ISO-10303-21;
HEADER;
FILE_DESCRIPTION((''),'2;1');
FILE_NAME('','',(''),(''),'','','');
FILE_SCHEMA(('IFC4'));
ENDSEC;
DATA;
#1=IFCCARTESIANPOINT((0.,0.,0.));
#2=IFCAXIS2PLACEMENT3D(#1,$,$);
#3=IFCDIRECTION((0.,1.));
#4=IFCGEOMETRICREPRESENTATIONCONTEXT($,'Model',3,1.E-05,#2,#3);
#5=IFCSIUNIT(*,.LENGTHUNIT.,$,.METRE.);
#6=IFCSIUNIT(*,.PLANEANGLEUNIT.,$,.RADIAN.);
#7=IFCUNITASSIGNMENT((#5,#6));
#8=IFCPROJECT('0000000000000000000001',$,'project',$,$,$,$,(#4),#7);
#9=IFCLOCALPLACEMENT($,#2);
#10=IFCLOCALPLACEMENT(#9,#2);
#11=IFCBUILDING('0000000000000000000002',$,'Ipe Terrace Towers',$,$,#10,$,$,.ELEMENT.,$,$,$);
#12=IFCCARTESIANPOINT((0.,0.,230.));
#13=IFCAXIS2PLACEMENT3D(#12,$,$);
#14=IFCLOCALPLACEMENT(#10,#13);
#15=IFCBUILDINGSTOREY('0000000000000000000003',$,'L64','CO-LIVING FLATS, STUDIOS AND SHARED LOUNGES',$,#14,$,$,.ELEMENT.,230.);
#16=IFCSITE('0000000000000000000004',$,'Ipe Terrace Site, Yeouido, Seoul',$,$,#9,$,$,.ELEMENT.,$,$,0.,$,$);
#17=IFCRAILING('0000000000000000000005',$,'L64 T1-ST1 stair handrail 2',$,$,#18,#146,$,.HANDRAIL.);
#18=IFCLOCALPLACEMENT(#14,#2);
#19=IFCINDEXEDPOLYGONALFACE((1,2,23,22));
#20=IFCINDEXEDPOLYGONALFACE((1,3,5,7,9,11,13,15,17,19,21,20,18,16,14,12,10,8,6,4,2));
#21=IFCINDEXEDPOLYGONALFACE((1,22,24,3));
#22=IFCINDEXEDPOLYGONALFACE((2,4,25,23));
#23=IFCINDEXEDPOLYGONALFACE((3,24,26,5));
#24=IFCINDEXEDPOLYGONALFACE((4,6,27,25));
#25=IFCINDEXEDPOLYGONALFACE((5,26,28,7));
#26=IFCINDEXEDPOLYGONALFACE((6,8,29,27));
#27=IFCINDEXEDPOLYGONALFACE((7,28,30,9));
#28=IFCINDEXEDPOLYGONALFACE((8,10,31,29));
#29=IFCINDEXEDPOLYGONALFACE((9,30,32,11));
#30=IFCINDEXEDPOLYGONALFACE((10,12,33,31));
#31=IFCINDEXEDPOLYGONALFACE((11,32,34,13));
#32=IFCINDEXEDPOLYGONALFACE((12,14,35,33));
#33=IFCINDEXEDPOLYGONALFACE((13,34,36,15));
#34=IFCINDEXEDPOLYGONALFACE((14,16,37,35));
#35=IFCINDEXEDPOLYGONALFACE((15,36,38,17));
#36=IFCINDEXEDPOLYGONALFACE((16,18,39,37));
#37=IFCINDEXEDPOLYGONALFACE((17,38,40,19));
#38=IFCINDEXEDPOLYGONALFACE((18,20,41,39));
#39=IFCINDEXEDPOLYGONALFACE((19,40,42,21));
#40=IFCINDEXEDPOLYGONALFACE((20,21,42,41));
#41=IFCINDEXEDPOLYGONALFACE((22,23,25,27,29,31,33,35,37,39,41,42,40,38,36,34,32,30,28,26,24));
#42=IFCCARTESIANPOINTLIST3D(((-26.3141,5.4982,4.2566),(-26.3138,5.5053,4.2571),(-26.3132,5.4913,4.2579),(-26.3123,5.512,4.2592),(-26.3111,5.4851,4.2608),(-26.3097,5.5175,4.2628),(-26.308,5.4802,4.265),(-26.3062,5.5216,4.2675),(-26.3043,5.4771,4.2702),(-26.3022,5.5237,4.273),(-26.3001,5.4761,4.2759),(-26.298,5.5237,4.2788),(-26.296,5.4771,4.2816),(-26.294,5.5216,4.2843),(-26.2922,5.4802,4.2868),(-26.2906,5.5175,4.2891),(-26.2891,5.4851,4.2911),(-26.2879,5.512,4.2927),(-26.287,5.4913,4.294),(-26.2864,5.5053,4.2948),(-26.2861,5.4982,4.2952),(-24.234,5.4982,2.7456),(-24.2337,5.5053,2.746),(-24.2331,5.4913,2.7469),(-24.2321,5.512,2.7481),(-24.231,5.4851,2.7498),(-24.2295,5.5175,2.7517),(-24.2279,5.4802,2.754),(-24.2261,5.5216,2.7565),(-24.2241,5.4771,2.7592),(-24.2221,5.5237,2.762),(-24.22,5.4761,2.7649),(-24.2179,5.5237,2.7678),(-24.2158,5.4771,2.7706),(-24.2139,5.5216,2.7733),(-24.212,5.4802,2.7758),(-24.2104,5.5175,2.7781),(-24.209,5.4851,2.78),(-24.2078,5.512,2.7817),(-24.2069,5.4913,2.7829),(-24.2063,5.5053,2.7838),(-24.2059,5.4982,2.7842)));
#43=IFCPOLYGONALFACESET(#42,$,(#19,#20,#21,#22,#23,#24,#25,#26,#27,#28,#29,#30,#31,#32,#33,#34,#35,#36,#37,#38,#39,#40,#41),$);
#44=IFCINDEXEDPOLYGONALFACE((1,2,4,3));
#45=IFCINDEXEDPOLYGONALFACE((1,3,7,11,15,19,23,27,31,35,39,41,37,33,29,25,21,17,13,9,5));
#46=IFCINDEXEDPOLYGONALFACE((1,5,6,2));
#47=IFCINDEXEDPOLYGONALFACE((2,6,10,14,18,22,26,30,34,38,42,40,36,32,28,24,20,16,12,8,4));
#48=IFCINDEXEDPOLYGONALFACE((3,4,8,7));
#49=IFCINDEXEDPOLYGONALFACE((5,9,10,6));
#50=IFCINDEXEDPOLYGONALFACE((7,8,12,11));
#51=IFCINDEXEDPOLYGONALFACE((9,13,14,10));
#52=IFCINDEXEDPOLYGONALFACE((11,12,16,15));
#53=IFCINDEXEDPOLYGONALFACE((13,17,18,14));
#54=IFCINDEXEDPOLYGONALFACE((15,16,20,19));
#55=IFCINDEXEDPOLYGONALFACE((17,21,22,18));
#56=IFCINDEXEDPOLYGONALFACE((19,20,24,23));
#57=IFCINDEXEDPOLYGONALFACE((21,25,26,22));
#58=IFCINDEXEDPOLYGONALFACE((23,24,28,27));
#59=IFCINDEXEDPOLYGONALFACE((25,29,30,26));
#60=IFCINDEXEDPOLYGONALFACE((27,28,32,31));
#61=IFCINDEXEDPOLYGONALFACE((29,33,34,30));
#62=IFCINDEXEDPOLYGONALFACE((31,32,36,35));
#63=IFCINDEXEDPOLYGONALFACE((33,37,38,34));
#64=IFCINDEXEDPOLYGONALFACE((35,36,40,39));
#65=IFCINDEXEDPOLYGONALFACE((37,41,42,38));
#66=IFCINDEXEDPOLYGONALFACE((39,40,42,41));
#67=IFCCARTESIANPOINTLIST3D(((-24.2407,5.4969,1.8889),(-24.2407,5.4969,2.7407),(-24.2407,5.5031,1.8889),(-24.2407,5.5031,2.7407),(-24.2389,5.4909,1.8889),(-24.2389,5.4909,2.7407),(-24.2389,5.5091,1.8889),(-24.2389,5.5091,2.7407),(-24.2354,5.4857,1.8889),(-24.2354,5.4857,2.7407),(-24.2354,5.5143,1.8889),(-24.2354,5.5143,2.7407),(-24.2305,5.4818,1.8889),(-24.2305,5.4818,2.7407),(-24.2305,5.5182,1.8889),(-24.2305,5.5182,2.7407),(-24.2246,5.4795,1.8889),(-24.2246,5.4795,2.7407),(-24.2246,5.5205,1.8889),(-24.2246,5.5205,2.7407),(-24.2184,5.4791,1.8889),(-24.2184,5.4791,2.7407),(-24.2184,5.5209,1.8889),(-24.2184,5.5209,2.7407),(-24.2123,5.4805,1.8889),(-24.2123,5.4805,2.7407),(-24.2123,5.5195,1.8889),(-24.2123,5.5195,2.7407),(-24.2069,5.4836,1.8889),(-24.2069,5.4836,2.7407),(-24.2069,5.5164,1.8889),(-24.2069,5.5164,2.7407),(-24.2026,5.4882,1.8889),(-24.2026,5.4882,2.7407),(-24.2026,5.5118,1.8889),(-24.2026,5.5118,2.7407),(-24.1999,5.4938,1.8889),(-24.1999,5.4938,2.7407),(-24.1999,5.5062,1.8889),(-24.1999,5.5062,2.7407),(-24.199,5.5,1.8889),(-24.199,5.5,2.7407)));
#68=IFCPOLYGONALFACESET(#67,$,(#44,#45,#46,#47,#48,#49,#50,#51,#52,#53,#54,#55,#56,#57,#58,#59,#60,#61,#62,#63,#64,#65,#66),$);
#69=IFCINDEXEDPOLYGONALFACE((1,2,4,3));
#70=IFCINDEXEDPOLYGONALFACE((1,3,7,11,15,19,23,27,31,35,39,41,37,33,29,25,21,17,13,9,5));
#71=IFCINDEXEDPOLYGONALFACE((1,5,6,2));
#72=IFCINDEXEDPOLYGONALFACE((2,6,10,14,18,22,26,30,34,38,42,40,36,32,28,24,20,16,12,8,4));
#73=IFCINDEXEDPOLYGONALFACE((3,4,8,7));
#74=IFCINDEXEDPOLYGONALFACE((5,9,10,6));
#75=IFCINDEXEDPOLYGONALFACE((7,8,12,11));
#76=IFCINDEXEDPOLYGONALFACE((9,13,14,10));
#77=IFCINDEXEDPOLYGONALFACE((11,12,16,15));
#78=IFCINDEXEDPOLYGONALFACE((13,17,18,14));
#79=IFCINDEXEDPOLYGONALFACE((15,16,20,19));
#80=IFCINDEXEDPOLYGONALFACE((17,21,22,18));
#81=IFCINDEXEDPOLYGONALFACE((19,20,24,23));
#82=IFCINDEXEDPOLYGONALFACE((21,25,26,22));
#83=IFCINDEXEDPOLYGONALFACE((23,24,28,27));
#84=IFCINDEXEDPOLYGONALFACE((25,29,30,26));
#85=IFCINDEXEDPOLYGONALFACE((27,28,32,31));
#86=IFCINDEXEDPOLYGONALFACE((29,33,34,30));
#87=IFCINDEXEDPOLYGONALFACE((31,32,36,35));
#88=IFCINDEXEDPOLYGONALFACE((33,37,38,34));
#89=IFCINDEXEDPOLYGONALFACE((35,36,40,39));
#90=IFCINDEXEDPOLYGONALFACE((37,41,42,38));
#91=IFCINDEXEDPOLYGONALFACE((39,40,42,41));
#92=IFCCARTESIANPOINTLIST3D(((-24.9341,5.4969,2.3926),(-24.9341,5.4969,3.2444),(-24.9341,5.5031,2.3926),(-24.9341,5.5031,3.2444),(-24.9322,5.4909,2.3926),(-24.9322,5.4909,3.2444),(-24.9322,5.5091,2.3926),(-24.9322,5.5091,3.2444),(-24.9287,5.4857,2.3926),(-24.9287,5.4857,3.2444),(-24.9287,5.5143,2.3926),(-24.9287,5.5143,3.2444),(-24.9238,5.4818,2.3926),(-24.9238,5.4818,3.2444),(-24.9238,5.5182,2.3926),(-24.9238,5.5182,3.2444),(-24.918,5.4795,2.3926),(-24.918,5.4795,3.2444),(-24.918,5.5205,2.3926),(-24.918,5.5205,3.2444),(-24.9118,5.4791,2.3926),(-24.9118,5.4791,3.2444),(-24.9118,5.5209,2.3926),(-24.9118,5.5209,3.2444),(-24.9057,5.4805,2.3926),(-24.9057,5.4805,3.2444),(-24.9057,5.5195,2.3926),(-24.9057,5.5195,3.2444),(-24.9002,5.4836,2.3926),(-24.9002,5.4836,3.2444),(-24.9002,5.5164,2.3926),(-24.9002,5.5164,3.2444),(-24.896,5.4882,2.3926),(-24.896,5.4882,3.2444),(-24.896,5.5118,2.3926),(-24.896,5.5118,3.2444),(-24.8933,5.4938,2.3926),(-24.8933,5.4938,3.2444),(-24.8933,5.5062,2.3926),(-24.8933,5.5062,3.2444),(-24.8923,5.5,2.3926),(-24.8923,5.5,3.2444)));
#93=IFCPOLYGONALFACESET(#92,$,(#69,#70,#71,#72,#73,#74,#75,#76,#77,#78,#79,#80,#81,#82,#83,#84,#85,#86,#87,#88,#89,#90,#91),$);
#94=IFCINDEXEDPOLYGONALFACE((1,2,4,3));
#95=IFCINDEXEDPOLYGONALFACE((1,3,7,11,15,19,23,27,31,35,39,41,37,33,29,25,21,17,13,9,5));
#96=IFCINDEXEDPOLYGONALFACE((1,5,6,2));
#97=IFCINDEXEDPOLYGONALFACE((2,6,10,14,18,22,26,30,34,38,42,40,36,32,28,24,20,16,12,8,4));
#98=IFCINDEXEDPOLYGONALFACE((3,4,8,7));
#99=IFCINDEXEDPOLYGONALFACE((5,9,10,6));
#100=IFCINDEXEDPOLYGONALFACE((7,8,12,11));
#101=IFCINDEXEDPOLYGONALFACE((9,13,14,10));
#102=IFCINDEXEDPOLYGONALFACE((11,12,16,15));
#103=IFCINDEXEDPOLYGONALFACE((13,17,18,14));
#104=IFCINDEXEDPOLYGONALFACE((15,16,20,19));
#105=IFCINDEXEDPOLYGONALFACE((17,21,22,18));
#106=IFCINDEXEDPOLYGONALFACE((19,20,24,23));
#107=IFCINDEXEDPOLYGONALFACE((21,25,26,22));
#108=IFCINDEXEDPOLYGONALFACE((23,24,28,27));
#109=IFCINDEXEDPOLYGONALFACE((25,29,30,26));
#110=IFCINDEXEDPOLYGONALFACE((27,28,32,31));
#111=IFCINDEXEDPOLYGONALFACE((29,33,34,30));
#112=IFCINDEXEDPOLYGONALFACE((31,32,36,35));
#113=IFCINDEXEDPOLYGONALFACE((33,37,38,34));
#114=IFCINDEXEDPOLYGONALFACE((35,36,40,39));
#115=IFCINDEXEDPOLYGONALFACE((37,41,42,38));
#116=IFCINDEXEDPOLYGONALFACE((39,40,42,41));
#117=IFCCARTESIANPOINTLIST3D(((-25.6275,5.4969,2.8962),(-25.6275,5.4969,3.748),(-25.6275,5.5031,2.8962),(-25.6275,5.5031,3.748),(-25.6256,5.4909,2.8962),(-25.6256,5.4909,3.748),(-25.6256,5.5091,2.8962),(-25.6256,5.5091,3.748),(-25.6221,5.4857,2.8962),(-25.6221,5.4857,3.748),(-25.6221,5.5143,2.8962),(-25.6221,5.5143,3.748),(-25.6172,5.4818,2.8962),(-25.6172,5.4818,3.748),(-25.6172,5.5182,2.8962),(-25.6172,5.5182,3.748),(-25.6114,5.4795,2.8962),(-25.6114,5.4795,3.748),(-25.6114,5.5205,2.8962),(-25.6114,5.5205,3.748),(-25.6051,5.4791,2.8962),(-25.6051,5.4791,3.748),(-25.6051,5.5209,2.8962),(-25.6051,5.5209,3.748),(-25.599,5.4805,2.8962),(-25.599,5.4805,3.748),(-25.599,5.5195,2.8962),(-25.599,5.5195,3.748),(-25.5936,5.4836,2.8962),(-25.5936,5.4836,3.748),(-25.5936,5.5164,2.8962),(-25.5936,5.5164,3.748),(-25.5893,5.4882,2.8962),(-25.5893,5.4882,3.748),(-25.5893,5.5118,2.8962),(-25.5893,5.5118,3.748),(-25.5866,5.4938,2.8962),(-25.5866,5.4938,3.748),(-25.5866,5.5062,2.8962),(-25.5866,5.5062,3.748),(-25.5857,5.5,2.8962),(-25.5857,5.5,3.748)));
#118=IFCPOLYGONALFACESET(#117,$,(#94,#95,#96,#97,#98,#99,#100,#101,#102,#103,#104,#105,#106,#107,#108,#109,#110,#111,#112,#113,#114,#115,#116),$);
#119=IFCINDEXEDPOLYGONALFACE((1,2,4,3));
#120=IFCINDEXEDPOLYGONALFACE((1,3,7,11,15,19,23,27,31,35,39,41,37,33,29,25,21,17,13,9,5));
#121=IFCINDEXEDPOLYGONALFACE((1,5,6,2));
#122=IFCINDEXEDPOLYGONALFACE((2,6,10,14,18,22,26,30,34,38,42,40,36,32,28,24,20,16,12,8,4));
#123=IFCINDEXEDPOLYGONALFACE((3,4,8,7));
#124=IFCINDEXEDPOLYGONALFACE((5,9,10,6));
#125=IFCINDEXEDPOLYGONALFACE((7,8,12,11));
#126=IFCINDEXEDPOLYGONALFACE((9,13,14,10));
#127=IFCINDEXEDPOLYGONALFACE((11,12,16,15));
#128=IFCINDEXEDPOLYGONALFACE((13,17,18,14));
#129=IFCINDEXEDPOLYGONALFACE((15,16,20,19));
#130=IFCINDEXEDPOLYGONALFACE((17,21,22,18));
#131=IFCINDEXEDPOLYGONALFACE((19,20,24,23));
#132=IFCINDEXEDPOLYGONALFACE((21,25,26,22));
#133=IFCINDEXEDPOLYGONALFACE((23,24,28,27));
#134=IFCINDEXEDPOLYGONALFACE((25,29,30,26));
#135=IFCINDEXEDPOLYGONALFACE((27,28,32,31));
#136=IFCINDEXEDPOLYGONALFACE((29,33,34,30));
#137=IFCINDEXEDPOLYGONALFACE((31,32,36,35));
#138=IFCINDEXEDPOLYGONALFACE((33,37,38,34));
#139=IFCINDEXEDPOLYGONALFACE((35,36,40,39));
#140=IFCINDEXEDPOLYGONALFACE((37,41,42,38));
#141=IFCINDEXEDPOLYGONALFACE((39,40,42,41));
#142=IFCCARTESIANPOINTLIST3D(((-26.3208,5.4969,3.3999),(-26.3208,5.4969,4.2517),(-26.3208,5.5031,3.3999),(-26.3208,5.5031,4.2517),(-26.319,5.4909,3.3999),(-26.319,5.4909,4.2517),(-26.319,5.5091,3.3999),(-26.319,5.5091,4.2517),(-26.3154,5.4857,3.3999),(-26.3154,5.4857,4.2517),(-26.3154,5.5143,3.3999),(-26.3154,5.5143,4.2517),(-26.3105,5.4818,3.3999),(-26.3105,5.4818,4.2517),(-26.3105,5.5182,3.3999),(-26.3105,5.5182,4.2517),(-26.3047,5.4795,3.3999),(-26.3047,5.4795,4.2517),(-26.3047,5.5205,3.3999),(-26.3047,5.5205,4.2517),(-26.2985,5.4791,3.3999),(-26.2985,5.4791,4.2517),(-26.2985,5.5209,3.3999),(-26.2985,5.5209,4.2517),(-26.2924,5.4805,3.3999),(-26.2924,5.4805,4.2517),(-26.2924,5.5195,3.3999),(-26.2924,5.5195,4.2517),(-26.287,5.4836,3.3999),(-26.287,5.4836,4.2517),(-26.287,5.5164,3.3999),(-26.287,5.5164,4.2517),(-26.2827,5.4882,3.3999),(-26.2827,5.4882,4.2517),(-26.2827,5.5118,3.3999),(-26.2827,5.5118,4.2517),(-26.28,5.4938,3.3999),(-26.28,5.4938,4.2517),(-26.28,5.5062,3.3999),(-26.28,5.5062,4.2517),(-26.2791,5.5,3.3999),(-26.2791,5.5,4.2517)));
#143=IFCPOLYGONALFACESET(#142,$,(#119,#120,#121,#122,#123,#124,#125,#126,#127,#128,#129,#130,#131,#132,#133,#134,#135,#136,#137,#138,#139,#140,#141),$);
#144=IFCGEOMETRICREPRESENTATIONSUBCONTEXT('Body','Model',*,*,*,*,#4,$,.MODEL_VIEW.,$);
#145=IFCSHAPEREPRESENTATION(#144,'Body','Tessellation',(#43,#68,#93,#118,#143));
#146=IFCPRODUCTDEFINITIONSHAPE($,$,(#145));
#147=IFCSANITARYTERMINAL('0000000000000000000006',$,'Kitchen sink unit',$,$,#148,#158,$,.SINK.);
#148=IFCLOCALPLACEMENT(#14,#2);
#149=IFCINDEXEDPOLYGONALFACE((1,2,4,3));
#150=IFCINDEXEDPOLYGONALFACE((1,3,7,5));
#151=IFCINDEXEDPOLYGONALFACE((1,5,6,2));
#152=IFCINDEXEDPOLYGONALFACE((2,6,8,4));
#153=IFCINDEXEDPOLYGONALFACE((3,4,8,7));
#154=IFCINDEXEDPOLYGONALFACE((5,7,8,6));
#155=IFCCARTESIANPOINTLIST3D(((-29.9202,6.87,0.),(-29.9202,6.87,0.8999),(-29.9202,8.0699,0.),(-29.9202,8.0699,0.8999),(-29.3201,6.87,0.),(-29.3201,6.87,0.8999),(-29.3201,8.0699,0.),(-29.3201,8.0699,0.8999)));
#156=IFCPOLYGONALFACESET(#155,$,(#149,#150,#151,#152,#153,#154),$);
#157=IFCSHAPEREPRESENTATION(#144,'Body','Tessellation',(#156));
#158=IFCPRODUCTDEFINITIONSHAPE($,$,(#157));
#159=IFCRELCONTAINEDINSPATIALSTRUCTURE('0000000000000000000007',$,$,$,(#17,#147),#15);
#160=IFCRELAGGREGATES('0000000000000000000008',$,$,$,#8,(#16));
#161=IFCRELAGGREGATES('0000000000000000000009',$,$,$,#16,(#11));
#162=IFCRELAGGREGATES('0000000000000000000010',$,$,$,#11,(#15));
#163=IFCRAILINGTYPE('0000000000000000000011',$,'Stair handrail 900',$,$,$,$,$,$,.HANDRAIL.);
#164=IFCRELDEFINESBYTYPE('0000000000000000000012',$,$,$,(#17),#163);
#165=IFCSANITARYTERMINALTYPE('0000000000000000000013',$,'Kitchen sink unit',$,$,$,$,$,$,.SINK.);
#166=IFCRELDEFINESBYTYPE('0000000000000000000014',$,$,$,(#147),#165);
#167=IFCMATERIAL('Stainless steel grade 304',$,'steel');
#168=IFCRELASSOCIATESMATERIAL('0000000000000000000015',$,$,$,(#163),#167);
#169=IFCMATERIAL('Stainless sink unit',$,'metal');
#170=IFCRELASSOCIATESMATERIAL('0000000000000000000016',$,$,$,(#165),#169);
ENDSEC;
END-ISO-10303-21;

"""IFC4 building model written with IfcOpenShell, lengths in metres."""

from ifc_helpers import new_model, si_unit, direction, frame, origin, origin_2d, place, context, subcontext, project, spatial, rectangle, circle, extrude, material, type_object, element, save


model = new_model("IFC4")

# Units and contexts
model_context = context("Model", 3, precision=1e-05, world=origin(), true_north=direction((0.0, 1.0)))
body_context = subcontext(model_context, "Body", "Model", "MODEL_VIEW")
ifc_project = project(units=[si_unit("LENGTHUNIT", "METRE"), si_unit("PLANEANGLEUNIT", "RADIAN")], contexts=[model_context])

# Site, building, storey
site_placement = place(None, origin())
site = spatial("IfcSite", under=ifc_project, at=site_placement, Name="Ipe Terrace Site, Yeouido, Seoul", CompositionType="ELEMENT", RefElevation=0.0)
building_placement = place(site_placement, origin())
building = spatial("IfcBuilding", under=site, at=building_placement, Name="Ipe Terrace Towers", CompositionType="ELEMENT")
storey_placement = place(building_placement, frame((0.0, 0.0, 230.0)))
storey = spatial("IfcBuildingStorey", under=building, at=storey_placement, Name="L64", Description="CO-LIVING FLATS, STUDIOS AND SHARED LOUNGES", CompositionType="ELEMENT", Elevation=230.0)

# Railing
ifc_material_1 = material(Name="Stainless steel grade 304", Category="steel")
railing_type_1 = type_object("IfcRailingType", Name="Stair handrail 900", PredefinedType="HANDRAIL", material=ifc_material_1)
railing_1_placement = place(storey_placement, frame((-24.22, 5.5, 1.8889)))
element("IfcRailing", 1, at=railing_1_placement, inside=storey, type_object=railing_type_1, Name="L64 T1-ST1 stair handrail 2", PredefinedType="HANDRAIL", context=body_context, shape_type="SweptSolid", body=[
    extrude(circle(Radius=0.0239, at=origin_2d()), frame((0.0, 0.0, 0.876), z_axis=(-0.809069, 0.0, 0.587714), x_axis=(0.0, -1.0, 0.0)), (0.0, 0.0, 1.0), 2.571),
    extrude(circle(Radius=0.021, at=origin_2d()), origin(), (0.0, 0.0, 1.0), 0.8518),
    extrude(circle(Radius=0.021, at=origin_2d()), frame((-0.6934, 0.0, 0.5037)), (0.0, 0.0, 1.0), 0.8518),
    extrude(circle(Radius=0.021, at=origin_2d()), frame((-1.3867, 0.0, 1.0073)), (0.0, 0.0, 1.0), 0.8518),
    extrude(circle(Radius=0.021, at=origin_2d()), frame((-2.0801, 0.0, 1.511)), (0.0, 0.0, 1.0), 0.8518),
])

# Sanitary terminal
ifc_material_2 = material(Name="Stainless sink unit", Category="metal")
sanitary_terminal_type = type_object("IfcSanitaryTerminalType", Name="Kitchen sink unit", PredefinedType="SINK", material=ifc_material_2)
sanitary_terminal_placement = place(storey_placement, frame((-29.6201, 7.47, 0.0), z_axis=(0.0, 0.0, 1.0), x_axis=(0.0, -1.0, 0.0)))
element("IfcSanitaryTerminal", 2, at=sanitary_terminal_placement, inside=storey, type_object=sanitary_terminal_type, Name="Kitchen sink unit", PredefinedType="SINK", context=body_context, shape_type="SweptSolid", body=[
    extrude(rectangle(XDim=1.2, YDim=0.6001, at=origin_2d()), origin(), (0.0, 0.0, 1.0), 0.8999),
])

save(model, "model.ifc")
